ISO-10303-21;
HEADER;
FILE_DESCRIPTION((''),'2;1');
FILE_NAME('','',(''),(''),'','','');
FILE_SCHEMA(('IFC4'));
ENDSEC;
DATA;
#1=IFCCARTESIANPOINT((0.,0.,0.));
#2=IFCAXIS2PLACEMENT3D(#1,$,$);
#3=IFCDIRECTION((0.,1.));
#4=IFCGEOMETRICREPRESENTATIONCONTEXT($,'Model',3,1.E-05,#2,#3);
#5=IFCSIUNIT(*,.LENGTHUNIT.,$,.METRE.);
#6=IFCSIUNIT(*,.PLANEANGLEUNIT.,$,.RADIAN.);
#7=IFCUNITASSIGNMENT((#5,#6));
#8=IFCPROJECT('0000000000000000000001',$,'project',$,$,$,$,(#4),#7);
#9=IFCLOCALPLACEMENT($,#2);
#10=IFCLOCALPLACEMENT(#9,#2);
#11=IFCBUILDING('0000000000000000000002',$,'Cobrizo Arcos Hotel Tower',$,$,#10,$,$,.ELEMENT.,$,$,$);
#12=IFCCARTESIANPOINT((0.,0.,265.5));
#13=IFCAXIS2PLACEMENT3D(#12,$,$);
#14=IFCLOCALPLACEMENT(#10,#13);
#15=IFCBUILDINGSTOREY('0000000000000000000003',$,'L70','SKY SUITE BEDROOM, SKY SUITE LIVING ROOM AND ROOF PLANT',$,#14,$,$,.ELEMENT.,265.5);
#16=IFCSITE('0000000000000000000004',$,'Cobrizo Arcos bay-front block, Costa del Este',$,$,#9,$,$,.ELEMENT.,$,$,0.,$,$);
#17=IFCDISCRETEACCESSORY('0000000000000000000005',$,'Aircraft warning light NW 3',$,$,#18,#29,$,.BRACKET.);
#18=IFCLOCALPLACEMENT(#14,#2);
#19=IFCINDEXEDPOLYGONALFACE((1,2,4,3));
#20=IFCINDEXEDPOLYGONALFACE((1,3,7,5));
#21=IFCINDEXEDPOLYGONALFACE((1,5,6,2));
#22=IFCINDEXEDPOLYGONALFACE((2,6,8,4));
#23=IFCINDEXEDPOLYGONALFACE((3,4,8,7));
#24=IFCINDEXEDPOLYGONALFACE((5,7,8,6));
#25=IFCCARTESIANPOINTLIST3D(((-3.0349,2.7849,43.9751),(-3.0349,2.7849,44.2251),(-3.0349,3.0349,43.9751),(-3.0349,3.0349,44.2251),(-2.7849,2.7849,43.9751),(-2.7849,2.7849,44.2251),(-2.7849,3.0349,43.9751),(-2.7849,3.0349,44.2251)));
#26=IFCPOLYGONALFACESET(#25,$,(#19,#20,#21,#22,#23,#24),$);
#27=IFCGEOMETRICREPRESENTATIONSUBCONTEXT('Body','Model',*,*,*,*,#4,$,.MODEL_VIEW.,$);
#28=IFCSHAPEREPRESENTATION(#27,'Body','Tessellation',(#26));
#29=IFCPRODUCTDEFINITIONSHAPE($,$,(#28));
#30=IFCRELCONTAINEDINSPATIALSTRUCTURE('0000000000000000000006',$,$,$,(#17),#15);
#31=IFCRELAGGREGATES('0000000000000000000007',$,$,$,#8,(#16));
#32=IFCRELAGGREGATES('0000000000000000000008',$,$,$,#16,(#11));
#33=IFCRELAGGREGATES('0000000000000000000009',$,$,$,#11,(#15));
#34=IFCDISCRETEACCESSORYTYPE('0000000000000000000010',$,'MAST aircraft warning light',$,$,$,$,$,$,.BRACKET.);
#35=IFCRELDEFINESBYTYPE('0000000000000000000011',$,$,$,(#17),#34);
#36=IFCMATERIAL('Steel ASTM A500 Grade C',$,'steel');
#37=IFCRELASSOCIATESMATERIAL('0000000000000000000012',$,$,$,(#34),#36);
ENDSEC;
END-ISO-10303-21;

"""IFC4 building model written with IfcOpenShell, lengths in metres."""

from ifc_helpers import new_model, si_unit, direction, frame, origin, origin_2d, place, context, subcontext, project, spatial, rectangle, extrude, material, type_object, element, save


model = new_model("IFC4")

# Units and contexts
model_context = context("Model", 3, precision=1e-05, world=origin(), true_north=direction((0.0, 1.0)))
body_context = subcontext(model_context, "Body", "Model", "MODEL_VIEW")
ifc_project = project(units=[si_unit("LENGTHUNIT", "METRE"), si_unit("PLANEANGLEUNIT", "RADIAN")], contexts=[model_context])

# Site, building, storey
site_placement = place(None, origin())
site = spatial("IfcSite", under=ifc_project, at=site_placement, Name="Cobrizo Arcos bay-front block, Costa del Este", CompositionType="ELEMENT", RefElevation=0.0)
building_placement = place(site_placement, origin())
building = spatial("IfcBuilding", under=site, at=building_placement, Name="Cobrizo Arcos Hotel Tower", CompositionType="ELEMENT")
storey_placement = place(building_placement, frame((0.0, 0.0, 265.5)))
storey = spatial("IfcBuildingStorey", under=building, at=storey_placement, Name="L70", Description="SKY SUITE BEDROOM, SKY SUITE LIVING ROOM AND ROOF PLANT", CompositionType="ELEMENT", Elevation=265.5)

# Shared definitions
ifc_material_1 = material(Name="Steel ASTM A500 Grade C", Category="steel")

# Discrete accessory
discrete_accessory_type = type_object("IfcDiscreteAccessoryType", Name="MAST aircraft warning light", PredefinedType="BRACKET", material=ifc_material_1)
for number, where, z_axis, x_axis, name in (
    (1, (-2.9099, 2.9099, 43.9751), (0.0, 0.0, 1.0), (1.0, 0.0, 0.0), "Aircraft warning light NW 3"),
):
    element("IfcDiscreteAccessory", number, at=place(storey_placement, frame(where, z_axis=z_axis, x_axis=x_axis)), inside=storey, type_object=discrete_accessory_type, Name=name, PredefinedType="BRACKET", context=body_context, shape_type="SweptSolid", body=[
        extrude(rectangle(XDim=0.25, YDim=0.25, at=origin_2d()), origin(), (0.0, 0.0, 1.0), 0.25),
    ])

save(model, "model.ifc")
